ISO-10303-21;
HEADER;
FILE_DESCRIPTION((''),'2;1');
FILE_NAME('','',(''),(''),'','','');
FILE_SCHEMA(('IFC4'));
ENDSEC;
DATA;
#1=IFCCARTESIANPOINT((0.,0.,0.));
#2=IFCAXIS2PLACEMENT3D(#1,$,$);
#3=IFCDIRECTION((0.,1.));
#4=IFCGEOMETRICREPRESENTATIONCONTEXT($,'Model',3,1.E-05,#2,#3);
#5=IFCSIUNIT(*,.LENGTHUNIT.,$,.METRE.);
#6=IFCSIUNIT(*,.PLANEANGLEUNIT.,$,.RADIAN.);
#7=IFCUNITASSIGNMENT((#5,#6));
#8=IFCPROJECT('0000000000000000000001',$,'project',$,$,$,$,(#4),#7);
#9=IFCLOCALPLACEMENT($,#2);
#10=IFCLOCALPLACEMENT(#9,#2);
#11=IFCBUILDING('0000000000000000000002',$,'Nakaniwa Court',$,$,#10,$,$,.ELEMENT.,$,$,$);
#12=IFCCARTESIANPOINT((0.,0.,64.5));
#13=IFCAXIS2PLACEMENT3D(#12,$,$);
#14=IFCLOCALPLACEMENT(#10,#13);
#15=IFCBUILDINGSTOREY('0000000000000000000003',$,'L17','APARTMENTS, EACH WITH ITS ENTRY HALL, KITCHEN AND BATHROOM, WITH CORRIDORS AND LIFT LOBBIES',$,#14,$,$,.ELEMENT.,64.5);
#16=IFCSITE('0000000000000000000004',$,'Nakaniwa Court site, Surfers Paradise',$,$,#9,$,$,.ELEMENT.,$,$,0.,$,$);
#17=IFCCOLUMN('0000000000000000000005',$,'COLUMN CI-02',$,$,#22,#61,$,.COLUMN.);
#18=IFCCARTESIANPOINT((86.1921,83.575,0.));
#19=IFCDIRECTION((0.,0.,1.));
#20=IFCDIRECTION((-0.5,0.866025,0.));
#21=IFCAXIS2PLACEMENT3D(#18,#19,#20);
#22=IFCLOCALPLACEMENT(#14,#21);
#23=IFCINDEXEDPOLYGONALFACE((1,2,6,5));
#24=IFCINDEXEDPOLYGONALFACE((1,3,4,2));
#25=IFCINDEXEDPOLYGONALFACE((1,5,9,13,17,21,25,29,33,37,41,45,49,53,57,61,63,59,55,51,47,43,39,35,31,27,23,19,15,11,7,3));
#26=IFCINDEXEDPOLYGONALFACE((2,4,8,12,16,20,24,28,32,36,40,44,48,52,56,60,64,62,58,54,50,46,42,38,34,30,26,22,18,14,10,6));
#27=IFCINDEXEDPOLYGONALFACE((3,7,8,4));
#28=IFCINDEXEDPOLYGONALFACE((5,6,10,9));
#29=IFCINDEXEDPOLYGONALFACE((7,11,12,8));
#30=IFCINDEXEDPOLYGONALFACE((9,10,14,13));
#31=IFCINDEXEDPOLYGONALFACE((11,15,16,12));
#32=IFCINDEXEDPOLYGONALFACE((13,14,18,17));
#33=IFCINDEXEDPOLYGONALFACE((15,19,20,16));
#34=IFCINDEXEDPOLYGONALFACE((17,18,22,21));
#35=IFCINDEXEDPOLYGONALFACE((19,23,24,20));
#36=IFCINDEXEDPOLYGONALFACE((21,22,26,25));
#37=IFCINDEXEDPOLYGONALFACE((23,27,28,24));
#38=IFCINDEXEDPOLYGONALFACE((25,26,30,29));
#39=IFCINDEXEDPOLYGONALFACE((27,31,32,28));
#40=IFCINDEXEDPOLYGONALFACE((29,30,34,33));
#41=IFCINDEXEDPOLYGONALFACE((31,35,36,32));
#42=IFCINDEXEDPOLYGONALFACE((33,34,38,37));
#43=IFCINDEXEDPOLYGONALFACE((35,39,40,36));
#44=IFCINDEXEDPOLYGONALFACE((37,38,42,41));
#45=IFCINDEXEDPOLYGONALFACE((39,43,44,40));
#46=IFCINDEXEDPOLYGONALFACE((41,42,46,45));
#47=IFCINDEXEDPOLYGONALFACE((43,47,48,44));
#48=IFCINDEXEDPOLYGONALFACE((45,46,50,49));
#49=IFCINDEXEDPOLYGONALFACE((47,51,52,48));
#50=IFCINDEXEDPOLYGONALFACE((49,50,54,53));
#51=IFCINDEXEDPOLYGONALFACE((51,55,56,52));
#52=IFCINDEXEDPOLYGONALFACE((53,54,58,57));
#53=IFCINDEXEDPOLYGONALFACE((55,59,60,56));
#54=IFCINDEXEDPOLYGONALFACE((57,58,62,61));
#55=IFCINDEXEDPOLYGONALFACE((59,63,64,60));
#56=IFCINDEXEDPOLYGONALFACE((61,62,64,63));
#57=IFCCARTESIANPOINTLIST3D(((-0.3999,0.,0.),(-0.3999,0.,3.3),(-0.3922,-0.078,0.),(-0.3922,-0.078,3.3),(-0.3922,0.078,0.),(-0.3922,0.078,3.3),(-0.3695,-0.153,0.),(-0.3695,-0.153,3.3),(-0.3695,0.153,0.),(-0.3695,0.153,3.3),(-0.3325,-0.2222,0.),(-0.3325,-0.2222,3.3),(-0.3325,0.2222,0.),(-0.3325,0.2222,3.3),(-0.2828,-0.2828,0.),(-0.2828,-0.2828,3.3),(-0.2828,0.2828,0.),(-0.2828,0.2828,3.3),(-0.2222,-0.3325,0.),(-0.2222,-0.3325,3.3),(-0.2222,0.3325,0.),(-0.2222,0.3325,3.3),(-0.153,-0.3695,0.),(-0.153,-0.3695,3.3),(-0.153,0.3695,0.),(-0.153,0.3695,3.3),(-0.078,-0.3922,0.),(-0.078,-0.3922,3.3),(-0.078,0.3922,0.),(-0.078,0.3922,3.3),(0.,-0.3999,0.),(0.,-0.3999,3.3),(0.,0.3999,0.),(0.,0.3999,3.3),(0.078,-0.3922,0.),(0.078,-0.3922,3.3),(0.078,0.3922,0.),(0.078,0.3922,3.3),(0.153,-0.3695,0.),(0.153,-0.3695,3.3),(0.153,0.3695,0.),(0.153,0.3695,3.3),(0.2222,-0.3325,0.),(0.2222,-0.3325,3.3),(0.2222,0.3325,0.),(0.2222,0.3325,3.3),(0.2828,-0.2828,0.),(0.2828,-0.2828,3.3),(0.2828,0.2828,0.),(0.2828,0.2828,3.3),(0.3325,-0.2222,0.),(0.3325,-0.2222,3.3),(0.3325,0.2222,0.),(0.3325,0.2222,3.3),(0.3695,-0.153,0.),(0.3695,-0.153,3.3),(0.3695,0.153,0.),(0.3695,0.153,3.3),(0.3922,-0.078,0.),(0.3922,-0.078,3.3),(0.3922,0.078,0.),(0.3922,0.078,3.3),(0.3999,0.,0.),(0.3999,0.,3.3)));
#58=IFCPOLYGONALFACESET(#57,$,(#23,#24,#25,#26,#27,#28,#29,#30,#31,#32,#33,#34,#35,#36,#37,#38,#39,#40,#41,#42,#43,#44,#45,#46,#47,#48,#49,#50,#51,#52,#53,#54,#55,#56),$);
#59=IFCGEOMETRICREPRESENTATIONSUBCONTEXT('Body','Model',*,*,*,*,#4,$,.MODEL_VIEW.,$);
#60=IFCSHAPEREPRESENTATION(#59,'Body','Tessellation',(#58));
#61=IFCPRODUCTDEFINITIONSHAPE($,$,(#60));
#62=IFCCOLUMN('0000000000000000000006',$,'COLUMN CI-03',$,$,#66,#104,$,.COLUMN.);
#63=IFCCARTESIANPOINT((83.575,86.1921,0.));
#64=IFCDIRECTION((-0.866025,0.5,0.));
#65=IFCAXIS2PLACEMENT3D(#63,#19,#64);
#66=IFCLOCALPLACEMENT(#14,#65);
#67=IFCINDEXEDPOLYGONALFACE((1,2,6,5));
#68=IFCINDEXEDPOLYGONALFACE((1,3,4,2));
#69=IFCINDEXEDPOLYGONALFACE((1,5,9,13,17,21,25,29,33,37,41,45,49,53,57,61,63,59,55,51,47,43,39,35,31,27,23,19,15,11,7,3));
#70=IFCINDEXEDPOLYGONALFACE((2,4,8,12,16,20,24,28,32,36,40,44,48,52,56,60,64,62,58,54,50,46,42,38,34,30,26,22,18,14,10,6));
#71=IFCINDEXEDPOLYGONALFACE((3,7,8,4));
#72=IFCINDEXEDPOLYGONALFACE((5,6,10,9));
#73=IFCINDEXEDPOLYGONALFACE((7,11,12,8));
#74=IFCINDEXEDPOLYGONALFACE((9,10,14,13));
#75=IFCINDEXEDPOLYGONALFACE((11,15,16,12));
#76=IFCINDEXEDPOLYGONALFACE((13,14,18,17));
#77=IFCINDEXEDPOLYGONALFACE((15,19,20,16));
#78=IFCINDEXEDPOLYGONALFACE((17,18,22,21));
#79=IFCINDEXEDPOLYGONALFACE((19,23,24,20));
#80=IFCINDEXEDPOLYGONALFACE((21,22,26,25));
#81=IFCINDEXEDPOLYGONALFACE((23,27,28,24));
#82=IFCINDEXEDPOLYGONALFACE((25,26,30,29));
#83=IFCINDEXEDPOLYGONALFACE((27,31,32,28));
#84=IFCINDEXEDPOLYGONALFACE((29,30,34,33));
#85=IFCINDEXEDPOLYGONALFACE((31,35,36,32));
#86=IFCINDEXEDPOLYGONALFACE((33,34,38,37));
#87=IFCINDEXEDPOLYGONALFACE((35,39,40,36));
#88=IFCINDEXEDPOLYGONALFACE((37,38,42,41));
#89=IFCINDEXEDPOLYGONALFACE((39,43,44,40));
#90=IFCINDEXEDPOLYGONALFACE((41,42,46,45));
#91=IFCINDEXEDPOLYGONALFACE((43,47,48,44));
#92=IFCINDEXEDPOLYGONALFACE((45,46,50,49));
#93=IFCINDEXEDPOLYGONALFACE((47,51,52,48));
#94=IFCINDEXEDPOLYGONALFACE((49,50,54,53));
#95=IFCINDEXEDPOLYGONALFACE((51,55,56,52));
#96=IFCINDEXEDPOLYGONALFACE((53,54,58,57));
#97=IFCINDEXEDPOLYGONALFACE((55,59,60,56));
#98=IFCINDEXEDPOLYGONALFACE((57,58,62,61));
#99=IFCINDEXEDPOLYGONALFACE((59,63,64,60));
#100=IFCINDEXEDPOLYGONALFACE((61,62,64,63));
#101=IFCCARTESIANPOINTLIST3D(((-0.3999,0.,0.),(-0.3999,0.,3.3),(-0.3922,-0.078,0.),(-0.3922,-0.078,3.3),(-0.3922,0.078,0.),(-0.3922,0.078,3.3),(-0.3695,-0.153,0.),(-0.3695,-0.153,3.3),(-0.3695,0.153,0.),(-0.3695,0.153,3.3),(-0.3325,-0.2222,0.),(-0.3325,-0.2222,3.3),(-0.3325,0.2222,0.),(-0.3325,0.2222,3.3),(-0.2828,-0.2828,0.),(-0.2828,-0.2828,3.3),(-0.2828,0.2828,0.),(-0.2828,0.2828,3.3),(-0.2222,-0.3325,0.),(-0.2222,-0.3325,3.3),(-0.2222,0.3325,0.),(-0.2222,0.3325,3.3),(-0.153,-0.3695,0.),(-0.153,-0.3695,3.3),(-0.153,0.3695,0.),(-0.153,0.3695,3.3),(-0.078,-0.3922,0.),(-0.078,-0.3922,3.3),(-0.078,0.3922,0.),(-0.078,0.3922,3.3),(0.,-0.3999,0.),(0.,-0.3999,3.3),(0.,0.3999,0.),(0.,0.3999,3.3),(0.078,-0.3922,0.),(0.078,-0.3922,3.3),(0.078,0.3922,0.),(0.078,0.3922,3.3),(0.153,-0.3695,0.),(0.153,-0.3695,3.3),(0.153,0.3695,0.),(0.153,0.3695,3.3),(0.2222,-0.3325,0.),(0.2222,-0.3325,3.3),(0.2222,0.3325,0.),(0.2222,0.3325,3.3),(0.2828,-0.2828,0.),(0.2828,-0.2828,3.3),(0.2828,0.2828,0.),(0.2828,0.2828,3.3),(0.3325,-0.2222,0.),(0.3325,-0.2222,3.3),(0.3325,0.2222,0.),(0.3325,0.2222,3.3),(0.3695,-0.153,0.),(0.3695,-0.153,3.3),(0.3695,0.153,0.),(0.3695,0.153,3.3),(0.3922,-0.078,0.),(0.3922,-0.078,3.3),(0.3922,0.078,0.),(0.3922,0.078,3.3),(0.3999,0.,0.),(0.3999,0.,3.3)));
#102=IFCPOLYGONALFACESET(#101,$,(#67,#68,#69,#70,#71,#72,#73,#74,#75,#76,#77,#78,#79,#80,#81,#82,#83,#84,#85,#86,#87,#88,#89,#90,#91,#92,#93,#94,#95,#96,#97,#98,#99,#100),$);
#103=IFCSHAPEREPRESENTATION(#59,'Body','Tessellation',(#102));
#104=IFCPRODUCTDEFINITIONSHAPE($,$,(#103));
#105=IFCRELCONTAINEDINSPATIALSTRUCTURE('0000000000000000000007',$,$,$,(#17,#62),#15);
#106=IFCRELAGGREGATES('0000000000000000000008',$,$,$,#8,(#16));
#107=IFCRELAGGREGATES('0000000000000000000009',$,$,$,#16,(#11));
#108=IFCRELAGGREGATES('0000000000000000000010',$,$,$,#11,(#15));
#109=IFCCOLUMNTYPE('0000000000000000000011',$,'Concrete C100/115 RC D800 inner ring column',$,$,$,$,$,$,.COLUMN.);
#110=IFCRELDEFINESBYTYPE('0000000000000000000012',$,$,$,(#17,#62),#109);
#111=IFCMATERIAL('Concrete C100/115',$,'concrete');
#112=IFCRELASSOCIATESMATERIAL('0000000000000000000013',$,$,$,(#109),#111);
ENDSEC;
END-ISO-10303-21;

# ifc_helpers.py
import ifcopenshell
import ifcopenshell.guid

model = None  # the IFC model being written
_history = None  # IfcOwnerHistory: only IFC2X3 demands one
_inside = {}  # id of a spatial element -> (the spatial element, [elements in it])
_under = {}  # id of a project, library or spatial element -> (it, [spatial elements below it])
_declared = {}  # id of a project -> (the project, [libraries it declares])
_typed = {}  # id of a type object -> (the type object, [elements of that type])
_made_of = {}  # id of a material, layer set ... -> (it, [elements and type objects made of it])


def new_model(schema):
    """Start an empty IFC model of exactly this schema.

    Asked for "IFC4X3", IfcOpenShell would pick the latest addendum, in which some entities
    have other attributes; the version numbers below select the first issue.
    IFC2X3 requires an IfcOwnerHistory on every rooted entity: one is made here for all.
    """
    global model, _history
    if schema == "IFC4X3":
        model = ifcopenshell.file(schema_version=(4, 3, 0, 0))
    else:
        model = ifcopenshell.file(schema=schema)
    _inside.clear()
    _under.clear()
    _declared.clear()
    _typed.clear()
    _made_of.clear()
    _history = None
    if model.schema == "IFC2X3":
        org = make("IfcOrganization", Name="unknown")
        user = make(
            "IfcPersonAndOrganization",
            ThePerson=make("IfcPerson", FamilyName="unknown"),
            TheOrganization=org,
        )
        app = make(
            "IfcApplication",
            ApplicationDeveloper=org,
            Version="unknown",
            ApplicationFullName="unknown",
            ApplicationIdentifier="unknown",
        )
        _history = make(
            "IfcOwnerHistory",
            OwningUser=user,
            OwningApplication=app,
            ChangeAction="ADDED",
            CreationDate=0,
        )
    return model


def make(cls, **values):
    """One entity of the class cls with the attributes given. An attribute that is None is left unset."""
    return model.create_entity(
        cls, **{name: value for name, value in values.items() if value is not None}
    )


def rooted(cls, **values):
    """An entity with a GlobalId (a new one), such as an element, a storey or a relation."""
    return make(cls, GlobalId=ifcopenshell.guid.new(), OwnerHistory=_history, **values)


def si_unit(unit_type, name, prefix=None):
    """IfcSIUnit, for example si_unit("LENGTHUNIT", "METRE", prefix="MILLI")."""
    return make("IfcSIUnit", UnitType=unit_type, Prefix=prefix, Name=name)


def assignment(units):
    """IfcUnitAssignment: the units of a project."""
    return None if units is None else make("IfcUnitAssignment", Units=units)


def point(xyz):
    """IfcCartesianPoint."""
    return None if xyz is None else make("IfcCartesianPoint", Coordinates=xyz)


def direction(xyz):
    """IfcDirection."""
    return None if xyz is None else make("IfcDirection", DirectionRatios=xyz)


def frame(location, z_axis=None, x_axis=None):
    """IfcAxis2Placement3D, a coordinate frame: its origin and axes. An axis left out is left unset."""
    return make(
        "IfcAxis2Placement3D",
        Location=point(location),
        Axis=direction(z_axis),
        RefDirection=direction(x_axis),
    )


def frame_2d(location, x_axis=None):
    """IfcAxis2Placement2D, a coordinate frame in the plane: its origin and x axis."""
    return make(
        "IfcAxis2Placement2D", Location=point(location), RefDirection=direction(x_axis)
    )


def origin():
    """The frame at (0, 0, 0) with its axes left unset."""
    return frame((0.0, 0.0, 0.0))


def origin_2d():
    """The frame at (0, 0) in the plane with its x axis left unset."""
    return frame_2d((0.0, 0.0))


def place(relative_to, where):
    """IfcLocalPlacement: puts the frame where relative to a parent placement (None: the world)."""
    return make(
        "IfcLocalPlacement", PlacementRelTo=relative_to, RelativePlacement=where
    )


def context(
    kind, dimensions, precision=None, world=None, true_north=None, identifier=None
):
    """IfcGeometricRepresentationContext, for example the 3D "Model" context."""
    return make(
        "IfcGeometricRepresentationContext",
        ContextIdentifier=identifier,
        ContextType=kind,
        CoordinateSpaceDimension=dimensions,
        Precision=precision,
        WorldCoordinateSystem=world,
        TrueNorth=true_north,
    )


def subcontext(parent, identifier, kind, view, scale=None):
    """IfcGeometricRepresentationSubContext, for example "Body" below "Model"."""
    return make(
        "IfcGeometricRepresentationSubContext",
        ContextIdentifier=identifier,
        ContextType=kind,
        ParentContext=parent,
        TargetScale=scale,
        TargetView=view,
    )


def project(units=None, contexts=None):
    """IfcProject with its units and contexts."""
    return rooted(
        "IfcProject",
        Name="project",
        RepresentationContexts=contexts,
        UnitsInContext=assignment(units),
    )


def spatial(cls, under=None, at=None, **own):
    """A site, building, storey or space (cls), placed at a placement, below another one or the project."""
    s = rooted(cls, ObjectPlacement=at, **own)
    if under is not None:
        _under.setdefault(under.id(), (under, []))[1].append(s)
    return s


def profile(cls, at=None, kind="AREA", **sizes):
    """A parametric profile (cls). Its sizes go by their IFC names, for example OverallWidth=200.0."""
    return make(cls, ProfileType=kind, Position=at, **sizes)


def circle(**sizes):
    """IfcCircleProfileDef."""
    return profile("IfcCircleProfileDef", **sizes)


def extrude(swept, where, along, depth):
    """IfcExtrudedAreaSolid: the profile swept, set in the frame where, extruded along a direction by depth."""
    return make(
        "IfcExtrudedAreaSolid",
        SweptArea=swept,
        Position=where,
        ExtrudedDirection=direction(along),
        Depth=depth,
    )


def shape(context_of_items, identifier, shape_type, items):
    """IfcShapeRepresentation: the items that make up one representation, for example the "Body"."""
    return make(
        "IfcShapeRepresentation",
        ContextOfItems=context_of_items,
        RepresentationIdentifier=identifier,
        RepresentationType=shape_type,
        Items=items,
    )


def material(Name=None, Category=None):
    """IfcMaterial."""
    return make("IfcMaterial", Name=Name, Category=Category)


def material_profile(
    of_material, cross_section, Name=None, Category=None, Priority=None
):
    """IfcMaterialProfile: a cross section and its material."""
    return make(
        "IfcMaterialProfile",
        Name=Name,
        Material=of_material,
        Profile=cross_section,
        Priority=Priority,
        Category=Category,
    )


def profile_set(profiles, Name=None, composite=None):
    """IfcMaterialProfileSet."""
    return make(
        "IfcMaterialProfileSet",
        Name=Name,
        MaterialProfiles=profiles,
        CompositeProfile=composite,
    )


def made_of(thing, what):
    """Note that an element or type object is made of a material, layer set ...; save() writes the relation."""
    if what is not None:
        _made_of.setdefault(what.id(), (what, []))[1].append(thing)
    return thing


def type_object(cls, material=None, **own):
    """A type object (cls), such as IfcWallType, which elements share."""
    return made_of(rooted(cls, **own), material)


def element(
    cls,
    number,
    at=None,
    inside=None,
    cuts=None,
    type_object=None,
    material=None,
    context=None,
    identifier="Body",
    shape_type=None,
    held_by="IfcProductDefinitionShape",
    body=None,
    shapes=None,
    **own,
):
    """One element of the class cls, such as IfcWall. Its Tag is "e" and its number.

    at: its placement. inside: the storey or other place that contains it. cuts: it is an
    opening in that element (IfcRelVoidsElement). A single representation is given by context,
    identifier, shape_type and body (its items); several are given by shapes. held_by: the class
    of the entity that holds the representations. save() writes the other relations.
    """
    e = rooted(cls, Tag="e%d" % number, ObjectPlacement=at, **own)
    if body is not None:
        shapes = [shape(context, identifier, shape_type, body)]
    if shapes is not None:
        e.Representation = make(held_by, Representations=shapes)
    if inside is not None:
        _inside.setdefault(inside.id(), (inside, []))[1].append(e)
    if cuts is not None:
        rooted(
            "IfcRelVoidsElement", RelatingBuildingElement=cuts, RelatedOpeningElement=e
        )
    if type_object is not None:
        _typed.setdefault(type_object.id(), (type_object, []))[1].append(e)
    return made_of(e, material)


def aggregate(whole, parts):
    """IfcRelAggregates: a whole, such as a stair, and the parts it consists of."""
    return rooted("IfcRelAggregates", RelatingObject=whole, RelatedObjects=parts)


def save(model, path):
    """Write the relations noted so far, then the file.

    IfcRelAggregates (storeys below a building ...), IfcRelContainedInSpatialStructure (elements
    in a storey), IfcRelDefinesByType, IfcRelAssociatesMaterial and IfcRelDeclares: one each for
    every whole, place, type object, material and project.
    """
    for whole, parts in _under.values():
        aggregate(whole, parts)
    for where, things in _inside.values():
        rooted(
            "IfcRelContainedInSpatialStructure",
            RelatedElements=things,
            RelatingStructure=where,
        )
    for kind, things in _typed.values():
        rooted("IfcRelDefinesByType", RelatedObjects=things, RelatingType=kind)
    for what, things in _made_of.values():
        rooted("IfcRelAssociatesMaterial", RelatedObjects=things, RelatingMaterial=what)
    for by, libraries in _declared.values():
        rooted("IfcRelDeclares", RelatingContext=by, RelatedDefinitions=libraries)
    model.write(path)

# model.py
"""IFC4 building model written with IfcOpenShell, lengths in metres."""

from ifc_helpers import new_model, si_unit, direction, frame, origin, origin_2d, place, context, subcontext, project, spatial, circle, extrude, material, material_profile, profile_set, type_object, element, save


model = new_model("IFC4")

# Units and contexts
model_context = context("Model", 3, precision=1e-05, world=origin(), true_north=direction((0.0, 1.0)))
body_context = subcontext(model_context, "Body", "Model", "MODEL_VIEW")
ifc_project = project(units=[si_unit("LENGTHUNIT", "METRE"), si_unit("PLANEANGLEUNIT", "RADIAN")], contexts=[model_context])

# Site, building, storey
site_placement = place(None, origin())
site = spatial("IfcSite", under=ifc_project, at=site_placement, Name="Nakaniwa Court site, Surfers Paradise", CompositionType="ELEMENT", RefElevation=0.0)
building_placement = place(site_placement, origin())
building = spatial("IfcBuilding", under=site, at=building_placement, Name="Nakaniwa Court", CompositionType="ELEMENT")
storey_placement = place(building_placement, frame((0.0, 0.0, 64.5)))
storey = spatial("IfcBuildingStorey", under=building, at=storey_placement, Name="L17", Description="APARTMENTS, EACH WITH ITS ENTRY HALL, KITCHEN AND BATHROOM, WITH CORRIDORS AND LIFT LOBBIES", CompositionType="ELEMENT", Elevation=64.5)

# Columns
ifc_material_1 = material(Name="Concrete C100/115", Category="concrete")
ifc_material_profile_1 = material_profile(ifc_material_1, circle(Radius=0.3999, at=origin_2d()), Name="Concrete C100/115 RC D800 inner ring column")
ifc_profile_set_1 = profile_set([ifc_material_profile_1], Name="Concrete C100/115")
column_type_1 = type_object("IfcColumnType", Name="Concrete C100/115 RC D800 inner ring column", PredefinedType="COLUMN", material=ifc_profile_set_1)
for number, where, z_axis, x_axis, name in (
    (1, (86.1921, 83.575, 0.0), (0.0, 0.0, 1.0), (-0.5, 0.866025, 0.0), "COLUMN CI-02"),
    (2, (83.575, 86.1921, 0.0), (0.0, 0.0, 1.0), (-0.866025, 0.5, 0.0), "COLUMN CI-03"),
):
    element("IfcColumn", number, at=place(storey_placement, frame(where, z_axis=z_axis, x_axis=x_axis)), inside=storey, type_object=column_type_1, Name=name, PredefinedType="COLUMN", context=body_context, shape_type="SweptSolid", body=[
        extrude(circle(Radius=0.3999, at=origin_2d()), origin(), (0.0, 0.0, 1.0), 3.3),
    ])

save(model, "model.ifc")
